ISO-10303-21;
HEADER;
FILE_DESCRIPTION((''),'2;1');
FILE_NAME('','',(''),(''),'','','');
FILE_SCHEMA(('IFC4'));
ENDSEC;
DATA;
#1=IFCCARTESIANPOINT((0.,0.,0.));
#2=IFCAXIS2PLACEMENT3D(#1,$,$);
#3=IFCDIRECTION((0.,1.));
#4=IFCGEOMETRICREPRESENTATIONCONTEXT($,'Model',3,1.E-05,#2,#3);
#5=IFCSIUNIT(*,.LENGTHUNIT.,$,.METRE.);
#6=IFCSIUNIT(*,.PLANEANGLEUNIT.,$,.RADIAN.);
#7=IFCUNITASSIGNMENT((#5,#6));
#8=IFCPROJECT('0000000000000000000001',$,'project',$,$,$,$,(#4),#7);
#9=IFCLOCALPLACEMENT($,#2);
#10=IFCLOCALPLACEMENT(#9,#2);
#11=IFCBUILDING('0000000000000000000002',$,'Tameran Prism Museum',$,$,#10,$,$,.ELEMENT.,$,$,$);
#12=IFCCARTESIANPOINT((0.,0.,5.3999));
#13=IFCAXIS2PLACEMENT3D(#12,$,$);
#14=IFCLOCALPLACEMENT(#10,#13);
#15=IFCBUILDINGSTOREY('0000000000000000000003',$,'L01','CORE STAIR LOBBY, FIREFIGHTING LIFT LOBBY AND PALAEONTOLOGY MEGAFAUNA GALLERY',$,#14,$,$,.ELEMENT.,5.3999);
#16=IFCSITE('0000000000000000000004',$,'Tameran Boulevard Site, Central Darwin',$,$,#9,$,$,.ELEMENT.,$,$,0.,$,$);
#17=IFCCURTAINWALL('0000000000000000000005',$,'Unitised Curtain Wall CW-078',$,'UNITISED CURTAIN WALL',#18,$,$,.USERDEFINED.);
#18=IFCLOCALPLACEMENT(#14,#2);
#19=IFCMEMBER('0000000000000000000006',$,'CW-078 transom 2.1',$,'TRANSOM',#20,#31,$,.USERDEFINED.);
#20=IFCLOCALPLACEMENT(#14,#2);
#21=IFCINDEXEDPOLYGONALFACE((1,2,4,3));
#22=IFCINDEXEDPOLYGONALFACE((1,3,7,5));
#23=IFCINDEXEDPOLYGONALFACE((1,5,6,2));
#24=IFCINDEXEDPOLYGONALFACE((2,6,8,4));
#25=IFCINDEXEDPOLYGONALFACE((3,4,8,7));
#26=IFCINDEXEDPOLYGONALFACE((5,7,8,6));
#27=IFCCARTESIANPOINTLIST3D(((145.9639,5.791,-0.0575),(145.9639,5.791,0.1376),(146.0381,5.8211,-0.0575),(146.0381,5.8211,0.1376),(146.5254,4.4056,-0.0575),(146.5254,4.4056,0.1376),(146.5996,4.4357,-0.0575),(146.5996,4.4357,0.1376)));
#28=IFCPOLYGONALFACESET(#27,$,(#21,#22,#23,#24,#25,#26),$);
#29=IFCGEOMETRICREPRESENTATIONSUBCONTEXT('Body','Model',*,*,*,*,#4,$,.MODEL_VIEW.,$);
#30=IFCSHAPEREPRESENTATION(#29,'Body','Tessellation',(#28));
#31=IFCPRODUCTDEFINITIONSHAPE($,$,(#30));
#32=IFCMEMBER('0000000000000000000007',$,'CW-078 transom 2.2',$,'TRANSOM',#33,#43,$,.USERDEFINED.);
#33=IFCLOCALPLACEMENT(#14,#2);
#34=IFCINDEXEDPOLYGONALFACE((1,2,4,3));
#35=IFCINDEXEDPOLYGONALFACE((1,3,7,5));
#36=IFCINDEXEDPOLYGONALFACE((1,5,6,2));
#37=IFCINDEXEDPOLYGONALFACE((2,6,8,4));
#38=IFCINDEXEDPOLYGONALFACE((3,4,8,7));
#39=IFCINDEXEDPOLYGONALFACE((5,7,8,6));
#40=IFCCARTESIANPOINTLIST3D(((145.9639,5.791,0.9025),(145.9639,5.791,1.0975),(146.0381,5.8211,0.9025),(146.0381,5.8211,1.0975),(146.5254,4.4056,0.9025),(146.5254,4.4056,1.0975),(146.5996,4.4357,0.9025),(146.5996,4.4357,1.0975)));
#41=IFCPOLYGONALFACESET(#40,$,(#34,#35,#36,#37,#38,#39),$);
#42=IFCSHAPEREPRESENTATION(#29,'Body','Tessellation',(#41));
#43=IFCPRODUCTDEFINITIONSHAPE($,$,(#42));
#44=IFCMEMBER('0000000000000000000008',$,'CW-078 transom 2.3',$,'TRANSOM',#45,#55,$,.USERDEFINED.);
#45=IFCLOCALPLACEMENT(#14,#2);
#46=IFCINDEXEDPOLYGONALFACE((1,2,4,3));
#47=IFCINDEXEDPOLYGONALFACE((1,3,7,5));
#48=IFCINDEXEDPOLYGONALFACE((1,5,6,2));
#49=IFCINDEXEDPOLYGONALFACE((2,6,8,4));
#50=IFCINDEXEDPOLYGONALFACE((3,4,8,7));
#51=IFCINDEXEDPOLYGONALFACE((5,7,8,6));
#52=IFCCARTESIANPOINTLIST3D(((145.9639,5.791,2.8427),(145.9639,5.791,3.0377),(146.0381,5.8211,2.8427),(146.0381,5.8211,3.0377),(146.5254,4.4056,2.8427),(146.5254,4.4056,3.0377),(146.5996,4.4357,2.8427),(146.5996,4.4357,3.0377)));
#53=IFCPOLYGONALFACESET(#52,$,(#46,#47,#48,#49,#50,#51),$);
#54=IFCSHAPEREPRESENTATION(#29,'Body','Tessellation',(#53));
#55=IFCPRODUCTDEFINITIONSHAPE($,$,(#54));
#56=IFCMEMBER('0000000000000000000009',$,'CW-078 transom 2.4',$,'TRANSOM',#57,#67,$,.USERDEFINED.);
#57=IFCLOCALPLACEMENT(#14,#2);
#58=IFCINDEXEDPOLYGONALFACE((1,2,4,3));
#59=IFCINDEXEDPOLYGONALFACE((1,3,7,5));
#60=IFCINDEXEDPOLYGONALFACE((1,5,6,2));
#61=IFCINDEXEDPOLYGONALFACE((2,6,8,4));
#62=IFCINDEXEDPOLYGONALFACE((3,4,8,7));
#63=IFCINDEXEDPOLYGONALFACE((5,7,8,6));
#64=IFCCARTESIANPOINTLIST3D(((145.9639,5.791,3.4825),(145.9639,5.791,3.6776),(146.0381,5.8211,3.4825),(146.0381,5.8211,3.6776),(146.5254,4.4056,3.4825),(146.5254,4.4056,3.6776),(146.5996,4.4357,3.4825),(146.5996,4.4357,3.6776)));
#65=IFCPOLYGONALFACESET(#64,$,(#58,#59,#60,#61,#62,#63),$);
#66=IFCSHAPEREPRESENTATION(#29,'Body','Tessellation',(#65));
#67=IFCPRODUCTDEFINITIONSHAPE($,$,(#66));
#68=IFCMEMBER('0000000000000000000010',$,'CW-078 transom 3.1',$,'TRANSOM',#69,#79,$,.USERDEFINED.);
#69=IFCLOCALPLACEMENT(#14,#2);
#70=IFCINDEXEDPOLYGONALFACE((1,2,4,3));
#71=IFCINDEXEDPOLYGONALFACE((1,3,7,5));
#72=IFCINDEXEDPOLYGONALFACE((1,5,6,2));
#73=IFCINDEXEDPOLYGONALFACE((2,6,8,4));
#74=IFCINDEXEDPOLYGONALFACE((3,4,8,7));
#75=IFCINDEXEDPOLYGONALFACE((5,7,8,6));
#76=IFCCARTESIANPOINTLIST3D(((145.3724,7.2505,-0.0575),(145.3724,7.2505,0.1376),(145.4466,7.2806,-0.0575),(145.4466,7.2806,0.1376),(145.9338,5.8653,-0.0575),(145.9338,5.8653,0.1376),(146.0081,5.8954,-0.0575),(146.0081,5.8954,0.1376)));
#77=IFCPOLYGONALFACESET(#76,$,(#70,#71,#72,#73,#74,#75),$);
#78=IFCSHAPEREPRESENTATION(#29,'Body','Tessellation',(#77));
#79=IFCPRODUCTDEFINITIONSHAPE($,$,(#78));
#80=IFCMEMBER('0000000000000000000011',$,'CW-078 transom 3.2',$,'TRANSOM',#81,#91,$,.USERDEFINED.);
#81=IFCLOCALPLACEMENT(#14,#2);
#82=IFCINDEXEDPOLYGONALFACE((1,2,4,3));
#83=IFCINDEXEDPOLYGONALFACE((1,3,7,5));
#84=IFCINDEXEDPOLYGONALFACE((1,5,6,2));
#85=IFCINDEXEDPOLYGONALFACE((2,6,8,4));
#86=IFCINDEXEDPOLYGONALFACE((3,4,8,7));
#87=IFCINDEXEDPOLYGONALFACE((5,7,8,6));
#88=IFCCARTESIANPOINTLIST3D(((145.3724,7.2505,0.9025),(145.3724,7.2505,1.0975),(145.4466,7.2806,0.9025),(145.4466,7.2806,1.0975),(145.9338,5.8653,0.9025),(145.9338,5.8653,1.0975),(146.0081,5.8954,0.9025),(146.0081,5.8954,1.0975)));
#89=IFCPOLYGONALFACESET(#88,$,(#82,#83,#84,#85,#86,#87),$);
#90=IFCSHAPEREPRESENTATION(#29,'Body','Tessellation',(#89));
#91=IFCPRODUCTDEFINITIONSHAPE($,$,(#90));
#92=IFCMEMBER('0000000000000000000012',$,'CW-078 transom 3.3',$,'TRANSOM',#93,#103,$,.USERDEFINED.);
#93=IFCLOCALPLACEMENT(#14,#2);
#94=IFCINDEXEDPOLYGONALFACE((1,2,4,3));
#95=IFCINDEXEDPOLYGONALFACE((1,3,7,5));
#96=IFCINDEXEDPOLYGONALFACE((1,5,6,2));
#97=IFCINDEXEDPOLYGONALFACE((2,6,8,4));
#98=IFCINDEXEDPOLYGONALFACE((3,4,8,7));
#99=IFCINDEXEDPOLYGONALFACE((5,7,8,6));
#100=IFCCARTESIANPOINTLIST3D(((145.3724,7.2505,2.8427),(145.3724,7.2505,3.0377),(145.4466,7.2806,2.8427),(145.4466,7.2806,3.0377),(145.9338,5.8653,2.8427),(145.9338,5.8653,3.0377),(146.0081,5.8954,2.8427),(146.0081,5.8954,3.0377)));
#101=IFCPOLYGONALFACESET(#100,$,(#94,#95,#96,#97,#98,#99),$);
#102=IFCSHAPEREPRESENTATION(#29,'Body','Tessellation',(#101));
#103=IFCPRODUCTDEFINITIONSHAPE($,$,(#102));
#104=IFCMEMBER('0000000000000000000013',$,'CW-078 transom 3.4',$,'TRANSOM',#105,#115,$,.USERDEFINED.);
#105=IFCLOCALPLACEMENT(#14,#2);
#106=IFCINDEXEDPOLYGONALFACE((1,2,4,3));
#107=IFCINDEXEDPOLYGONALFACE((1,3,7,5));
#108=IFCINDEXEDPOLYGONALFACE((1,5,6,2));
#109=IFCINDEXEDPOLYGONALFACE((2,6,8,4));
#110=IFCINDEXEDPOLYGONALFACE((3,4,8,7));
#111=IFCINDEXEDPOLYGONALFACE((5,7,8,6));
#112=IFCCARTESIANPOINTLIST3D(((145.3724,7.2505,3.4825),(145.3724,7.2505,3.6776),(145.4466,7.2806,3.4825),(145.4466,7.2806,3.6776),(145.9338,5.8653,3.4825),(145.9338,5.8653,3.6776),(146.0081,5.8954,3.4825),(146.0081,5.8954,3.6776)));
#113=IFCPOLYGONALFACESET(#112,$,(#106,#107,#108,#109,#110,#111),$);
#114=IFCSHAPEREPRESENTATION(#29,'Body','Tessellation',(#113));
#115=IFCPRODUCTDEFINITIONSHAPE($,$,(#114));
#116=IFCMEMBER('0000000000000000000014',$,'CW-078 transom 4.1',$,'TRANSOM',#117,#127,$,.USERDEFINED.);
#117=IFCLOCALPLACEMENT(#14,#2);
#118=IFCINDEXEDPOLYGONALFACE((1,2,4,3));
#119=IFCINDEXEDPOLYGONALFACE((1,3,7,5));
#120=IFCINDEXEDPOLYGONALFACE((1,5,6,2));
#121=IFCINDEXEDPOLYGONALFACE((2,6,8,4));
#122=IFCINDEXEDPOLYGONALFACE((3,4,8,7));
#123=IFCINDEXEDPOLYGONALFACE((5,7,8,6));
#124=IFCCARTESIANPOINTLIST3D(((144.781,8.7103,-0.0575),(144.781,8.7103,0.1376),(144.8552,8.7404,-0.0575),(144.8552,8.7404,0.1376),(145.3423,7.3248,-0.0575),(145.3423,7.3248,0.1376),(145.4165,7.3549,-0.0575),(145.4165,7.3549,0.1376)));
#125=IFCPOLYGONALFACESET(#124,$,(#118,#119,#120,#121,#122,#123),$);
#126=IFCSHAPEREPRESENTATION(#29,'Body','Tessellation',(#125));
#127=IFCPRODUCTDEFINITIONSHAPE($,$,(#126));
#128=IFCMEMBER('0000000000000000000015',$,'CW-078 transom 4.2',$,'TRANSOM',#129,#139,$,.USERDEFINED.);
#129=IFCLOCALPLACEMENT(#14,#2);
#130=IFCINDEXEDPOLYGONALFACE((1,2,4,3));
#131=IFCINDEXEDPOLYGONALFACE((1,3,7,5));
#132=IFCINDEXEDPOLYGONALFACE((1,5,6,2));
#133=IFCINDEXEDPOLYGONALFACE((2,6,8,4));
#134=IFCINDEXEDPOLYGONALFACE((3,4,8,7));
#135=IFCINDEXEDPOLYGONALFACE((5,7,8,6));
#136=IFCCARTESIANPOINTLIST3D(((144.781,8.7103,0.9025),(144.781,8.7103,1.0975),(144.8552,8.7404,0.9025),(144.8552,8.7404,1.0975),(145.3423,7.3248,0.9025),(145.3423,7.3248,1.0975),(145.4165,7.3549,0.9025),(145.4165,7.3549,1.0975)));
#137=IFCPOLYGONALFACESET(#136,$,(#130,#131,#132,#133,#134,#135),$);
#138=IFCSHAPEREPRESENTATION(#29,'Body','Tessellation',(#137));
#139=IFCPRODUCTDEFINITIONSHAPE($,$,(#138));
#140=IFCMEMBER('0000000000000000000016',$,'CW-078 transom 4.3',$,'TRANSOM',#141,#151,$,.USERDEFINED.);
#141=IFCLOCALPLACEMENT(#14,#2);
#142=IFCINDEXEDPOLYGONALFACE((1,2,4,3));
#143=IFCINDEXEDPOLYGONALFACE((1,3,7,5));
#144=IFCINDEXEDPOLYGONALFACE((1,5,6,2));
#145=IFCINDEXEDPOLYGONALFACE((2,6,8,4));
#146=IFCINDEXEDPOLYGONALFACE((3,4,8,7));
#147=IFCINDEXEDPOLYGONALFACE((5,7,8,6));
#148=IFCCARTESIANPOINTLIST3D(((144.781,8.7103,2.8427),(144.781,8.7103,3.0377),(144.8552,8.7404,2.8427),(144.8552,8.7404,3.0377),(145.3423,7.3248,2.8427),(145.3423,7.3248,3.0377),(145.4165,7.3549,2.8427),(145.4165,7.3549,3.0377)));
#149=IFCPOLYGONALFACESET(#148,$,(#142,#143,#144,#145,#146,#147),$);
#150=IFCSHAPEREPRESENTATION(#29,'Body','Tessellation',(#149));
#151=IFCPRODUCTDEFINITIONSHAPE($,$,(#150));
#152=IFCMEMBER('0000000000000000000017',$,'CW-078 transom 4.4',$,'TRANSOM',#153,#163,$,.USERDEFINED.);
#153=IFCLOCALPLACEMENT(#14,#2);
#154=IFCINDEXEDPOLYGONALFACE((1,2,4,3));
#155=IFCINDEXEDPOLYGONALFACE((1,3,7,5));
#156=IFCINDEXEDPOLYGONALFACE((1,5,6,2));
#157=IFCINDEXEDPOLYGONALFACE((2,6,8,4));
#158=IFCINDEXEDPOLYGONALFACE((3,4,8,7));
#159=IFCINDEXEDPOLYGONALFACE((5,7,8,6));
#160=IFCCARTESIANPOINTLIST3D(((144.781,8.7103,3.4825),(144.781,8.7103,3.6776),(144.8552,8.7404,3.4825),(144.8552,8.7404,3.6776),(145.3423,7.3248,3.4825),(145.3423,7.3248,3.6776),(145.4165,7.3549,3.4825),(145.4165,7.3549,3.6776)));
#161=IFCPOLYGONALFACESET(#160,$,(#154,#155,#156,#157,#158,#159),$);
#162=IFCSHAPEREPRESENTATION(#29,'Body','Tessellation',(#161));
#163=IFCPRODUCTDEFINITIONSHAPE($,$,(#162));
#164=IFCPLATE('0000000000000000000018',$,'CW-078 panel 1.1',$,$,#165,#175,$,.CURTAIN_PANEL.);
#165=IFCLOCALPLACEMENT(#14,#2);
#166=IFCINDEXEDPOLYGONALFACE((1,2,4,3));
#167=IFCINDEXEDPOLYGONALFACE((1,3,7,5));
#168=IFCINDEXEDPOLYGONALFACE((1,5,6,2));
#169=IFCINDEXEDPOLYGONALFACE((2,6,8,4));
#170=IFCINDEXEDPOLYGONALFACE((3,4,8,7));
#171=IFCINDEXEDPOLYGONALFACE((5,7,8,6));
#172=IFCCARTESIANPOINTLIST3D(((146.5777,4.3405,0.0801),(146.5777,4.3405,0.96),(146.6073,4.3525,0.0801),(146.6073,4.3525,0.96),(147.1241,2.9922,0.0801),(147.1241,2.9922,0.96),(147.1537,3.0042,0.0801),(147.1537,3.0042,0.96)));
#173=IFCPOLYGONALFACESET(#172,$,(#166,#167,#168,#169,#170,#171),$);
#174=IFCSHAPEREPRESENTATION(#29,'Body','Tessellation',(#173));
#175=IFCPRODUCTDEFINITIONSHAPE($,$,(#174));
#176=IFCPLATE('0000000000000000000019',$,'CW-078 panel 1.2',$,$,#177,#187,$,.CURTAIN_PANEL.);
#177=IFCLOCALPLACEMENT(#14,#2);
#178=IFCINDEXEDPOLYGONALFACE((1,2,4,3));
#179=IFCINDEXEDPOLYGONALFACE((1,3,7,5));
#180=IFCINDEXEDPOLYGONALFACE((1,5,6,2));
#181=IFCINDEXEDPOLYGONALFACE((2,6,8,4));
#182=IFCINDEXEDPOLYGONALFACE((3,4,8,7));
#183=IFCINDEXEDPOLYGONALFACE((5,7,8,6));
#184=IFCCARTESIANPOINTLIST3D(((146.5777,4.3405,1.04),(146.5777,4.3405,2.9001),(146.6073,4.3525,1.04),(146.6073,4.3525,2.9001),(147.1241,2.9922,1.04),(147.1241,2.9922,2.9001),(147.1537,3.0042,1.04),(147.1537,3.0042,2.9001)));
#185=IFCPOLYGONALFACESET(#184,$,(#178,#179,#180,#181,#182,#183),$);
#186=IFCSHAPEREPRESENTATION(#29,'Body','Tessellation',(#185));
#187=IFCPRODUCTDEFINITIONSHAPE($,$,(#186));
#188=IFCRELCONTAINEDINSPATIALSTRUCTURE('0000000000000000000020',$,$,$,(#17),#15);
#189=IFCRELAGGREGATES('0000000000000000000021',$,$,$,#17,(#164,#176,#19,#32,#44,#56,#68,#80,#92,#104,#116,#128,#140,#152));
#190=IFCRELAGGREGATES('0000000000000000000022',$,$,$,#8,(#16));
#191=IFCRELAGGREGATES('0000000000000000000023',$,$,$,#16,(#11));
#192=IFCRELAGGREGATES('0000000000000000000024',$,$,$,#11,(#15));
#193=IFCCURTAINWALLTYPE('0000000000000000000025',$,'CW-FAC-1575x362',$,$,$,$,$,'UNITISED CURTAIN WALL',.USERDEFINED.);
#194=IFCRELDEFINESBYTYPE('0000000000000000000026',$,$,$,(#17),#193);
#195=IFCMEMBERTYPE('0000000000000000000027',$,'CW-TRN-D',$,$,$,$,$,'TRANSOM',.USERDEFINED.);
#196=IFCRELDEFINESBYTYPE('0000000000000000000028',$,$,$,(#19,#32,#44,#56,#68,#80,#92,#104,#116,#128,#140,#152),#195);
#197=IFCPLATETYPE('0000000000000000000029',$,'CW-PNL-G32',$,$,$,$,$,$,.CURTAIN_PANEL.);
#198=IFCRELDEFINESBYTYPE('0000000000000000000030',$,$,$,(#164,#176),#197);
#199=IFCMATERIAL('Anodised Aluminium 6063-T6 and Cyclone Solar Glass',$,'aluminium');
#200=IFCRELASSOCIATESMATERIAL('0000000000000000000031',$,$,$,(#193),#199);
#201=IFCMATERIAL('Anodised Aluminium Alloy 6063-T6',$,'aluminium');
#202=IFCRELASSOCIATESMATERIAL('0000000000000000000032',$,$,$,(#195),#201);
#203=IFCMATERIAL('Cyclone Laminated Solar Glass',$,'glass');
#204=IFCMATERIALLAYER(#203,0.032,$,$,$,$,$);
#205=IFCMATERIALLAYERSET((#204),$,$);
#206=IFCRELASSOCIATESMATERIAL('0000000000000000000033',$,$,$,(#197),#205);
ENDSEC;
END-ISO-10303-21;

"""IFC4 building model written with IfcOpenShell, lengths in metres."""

from ifc_helpers import new_model, si_unit, direction, frame, origin, origin_2d, place, context, subcontext, project, spatial, rectangle, extrude, material, layer, layer_set, material_profile, profile_set, type_object, element, aggregate, save


model = new_model("IFC4")

# Units and contexts
model_context = context("Model", 3, precision=1e-05, world=origin(), true_north=direction((0.0, 1.0)))
body_context = subcontext(model_context, "Body", "Model", "MODEL_VIEW")
ifc_project = project(units=[si_unit("LENGTHUNIT", "METRE"), si_unit("PLANEANGLEUNIT", "RADIAN")], contexts=[model_context])

# Site, building, storey
site_placement = place(None, origin())
site = spatial("IfcSite", under=ifc_project, at=site_placement, Name="Tameran Boulevard Site, Central Darwin", CompositionType="ELEMENT", RefElevation=0.0)
building_placement = place(site_placement, origin())
building = spatial("IfcBuilding", under=site, at=building_placement, Name="Tameran Prism Museum", CompositionType="ELEMENT")
storey_placement = place(building_placement, frame((0.0, 0.0, 5.3999)))
storey = spatial("IfcBuildingStorey", under=building, at=storey_placement, Name="L01", Description="CORE STAIR LOBBY, FIREFIGHTING LIFT LOBBY AND PALAEONTOLOGY MEGAFAUNA GALLERY", CompositionType="ELEMENT", Elevation=5.3999)

# Curtain wall, members, plates
ifc_material_1 = material(Name="Anodised Aluminium 6063-T6 and Cyclone Solar Glass", Category="aluminium")
curtain_wall_type = type_object("IfcCurtainWallType", Name="CW-FAC-1575x362", ElementType="UNITISED CURTAIN WALL", PredefinedType="USERDEFINED", material=ifc_material_1)
curtain_wall_placement = place(storey_placement, origin())
curtain_wall = element("IfcCurtainWall", 1, at=curtain_wall_placement, inside=storey, type_object=curtain_wall_type, Name="Unitised Curtain Wall CW-078", ObjectType="UNITISED CURTAIN WALL", PredefinedType="USERDEFINED")
ifc_material_2 = material(Name="Anodised Aluminium Alloy 6063-T6", Category="aluminium")
ifc_material_profile_1 = material_profile(ifc_material_2, rectangle(XDim=0.0801, YDim=0.1951, at=origin_2d()))
ifc_profile_set_1 = profile_set([ifc_material_profile_1])
member_type_1 = type_object("IfcMemberType", Name="CW-TRN-D", ElementType="TRANSOM", PredefinedType="USERDEFINED", material=ifc_profile_set_1)
member_1_placement = place(storey_placement, frame((146.5625, 4.4207, 0.04), z_axis=(-0.37561, 0.926778, 0.0), x_axis=(-0.926778, -0.37561, 0.0)))
member_1 = element("IfcMember", 2, at=member_1_placement, type_object=member_type_1, Name="CW-078 transom 2.1", ObjectType="TRANSOM", PredefinedType="USERDEFINED", context=body_context, shape_type="SweptSolid", body=[
    extrude(rectangle(XDim=0.0801, YDim=0.1951, at=origin_2d()), origin(), (0.0, 0.0, 1.0), 1.4949),
])
member_2_placement = place(storey_placement, frame((146.5625, 4.4207, 1.0), z_axis=(-0.37561, 0.926778, 0.0), x_axis=(-0.926778, -0.37561, 0.0)))
member_2 = element("IfcMember", 3, at=member_2_placement, type_object=member_type_1, Name="CW-078 transom 2.2", ObjectType="TRANSOM", PredefinedType="USERDEFINED", context=body_context, shape_type="SweptSolid", body=[
    extrude(rectangle(XDim=0.0801, YDim=0.1951, at=origin_2d()), origin(), (0.0, 0.0, 1.0), 1.4949),
])
member_3_placement = place(storey_placement, frame((146.5625, 4.4207, 2.9402), z_axis=(-0.37561, 0.926778, 0.0), x_axis=(-0.926778, -0.37561, 0.0)))
member_3 = element("IfcMember", 4, at=member_3_placement, type_object=member_type_1, Name="CW-078 transom 2.3", ObjectType="TRANSOM", PredefinedType="USERDEFINED", context=body_context, shape_type="SweptSolid", body=[
    extrude(rectangle(XDim=0.0801, YDim=0.1951, at=origin_2d()), origin(), (0.0, 0.0, 1.0), 1.4949),
])
member_4_placement = place(storey_placement, frame((146.5625, 4.4207, 3.5801), z_axis=(-0.37561, 0.926778, 0.0), x_axis=(-0.926778, -0.37561, 0.0)))
member_4 = element("IfcMember", 5, at=member_4_placement, type_object=member_type_1, Name="CW-078 transom 2.4", ObjectType="TRANSOM", PredefinedType="USERDEFINED", context=body_context, shape_type="SweptSolid", body=[
    extrude(rectangle(XDim=0.0801, YDim=0.1951, at=origin_2d()), origin(), (0.0, 0.0, 1.0), 1.4949),
])
member_5_placement = place(storey_placement, frame((145.9709, 5.8804, 0.04), z_axis=(-0.375667, 0.926755, 0.0), x_axis=(-0.926755, -0.375667, 0.0)))
member_5 = element("IfcMember", 6, at=member_5_placement, type_object=member_type_1, Name="CW-078 transom 3.1", ObjectType="TRANSOM", PredefinedType="USERDEFINED", context=body_context, shape_type="SweptSolid", body=[
    extrude(rectangle(XDim=0.0801, YDim=0.1951, at=origin_2d()), origin(), (0.0, 0.0, 1.0), 1.4946),
])
member_6_placement = place(storey_placement, frame((145.9709, 5.8804, 1.0), z_axis=(-0.375667, 0.926755, 0.0), x_axis=(-0.926755, -0.375667, 0.0)))
member_6 = element("IfcMember", 7, at=member_6_placement, type_object=member_type_1, Name="CW-078 transom 3.2", ObjectType="TRANSOM", PredefinedType="USERDEFINED", context=body_context, shape_type="SweptSolid", body=[
    extrude(rectangle(XDim=0.0801, YDim=0.1951, at=origin_2d()), origin(), (0.0, 0.0, 1.0), 1.4946),
])
member_7_placement = place(storey_placement, frame((145.9709, 5.8804, 2.9402), z_axis=(-0.375667, 0.926755, 0.0), x_axis=(-0.926755, -0.375667, 0.0)))
member_7 = element("IfcMember", 8, at=member_7_placement, type_object=member_type_1, Name="CW-078 transom 3.3", ObjectType="TRANSOM", PredefinedType="USERDEFINED", context=body_context, shape_type="SweptSolid", body=[
    extrude(rectangle(XDim=0.0801, YDim=0.1951, at=origin_2d()), origin(), (0.0, 0.0, 1.0), 1.4946),
])
member_8_placement = place(storey_placement, frame((145.9709, 5.8804, 3.5801), z_axis=(-0.375667, 0.926755, 0.0), x_axis=(-0.926755, -0.375667, 0.0)))
member_8 = element("IfcMember", 9, at=member_8_placement, type_object=member_type_1, Name="CW-078 transom 3.4", ObjectType="TRANSOM", PredefinedType="USERDEFINED", context=body_context, shape_type="SweptSolid", body=[
    extrude(rectangle(XDim=0.0801, YDim=0.1951, at=origin_2d()), origin(), (0.0, 0.0, 1.0), 1.4946),
])
member_9_placement = place(storey_placement, frame((145.3794, 7.3398, 0.04), z_axis=(-0.37547, 0.926835, 0.0), x_axis=(-0.926835, -0.37547, 0.0)))
member_9 = element("IfcMember", 10, at=member_9_placement, type_object=member_type_1, Name="CW-078 transom 4.1", ObjectType="TRANSOM", PredefinedType="USERDEFINED", context=body_context, shape_type="SweptSolid", body=[
    extrude(rectangle(XDim=0.0801, YDim=0.1951, at=origin_2d()), origin(), (0.0, 0.0, 1.0), 1.4949),
])
member_10_placement = place(storey_placement, frame((145.3794, 7.3398, 1.0), z_axis=(-0.37547, 0.926835, 0.0), x_axis=(-0.926835, -0.37547, 0.0)))
member_10 = element("IfcMember", 11, at=member_10_placement, type_object=member_type_1, Name="CW-078 transom 4.2", ObjectType="TRANSOM", PredefinedType="USERDEFINED", context=body_context, shape_type="SweptSolid", body=[
    extrude(rectangle(XDim=0.0801, YDim=0.1951, at=origin_2d()), origin(), (0.0, 0.0, 1.0), 1.4949),
])
member_11_placement = place(storey_placement, frame((145.3794, 7.3398, 2.9402), z_axis=(-0.37547, 0.926835, 0.0), x_axis=(-0.926835, -0.37547, 0.0)))
member_11 = element("IfcMember", 12, at=member_11_placement, type_object=member_type_1, Name="CW-078 transom 4.3", ObjectType="TRANSOM", PredefinedType="USERDEFINED", context=body_context, shape_type="SweptSolid", body=[
    extrude(rectangle(XDim=0.0801, YDim=0.1951, at=origin_2d()), origin(), (0.0, 0.0, 1.0), 1.4949),
])
member_12_placement = place(storey_placement, frame((145.3794, 7.3398, 3.5801), z_axis=(-0.37547, 0.926835, 0.0), x_axis=(-0.926835, -0.37547, 0.0)))
member_12 = element("IfcMember", 13, at=member_12_placement, type_object=member_type_1, Name="CW-078 transom 4.4", ObjectType="TRANSOM", PredefinedType="USERDEFINED", context=body_context, shape_type="SweptSolid", body=[
    extrude(rectangle(XDim=0.0801, YDim=0.1951, at=origin_2d()), origin(), (0.0, 0.0, 1.0), 1.4949),
])
ifc_material_3 = material(Name="Cyclone Laminated Solar Glass", Category="glass")
ifc_layer = layer(ifc_material_3, 0.032)
ifc_layer_set = layer_set([ifc_layer])
plate_type = type_object("IfcPlateType", Name="CW-PNL-G32", PredefinedType="CURTAIN_PANEL", material=ifc_layer_set)
plate_1_placement = place(storey_placement, frame((146.8657, 3.6724, 0.0801), z_axis=(0.0, 0.0, 1.0), x_axis=(-0.37558, 0.92679, 0.0)))
plate_1 = element("IfcPlate", 14, at=plate_1_placement, type_object=plate_type, Name="CW-078 panel 1.1", PredefinedType="CURTAIN_PANEL", context=body_context, shape_type="SweptSolid", body=[
    extrude(rectangle(XDim=1.4548, YDim=0.032, at=origin_2d()), origin(), (0.0, 0.0, 1.0), 0.8799),
])
plate_2_placement = place(storey_placement, frame((146.8657, 3.6724, 1.04), z_axis=(0.0, 0.0, 1.0), x_axis=(-0.37558, 0.92679, 0.0)))
plate_2 = element("IfcPlate", 15, at=plate_2_placement, type_object=plate_type, Name="CW-078 panel 1.2", PredefinedType="CURTAIN_PANEL", context=body_context, shape_type="SweptSolid", body=[
    extrude(rectangle(XDim=1.4548, YDim=0.032, at=origin_2d()), origin(), (0.0, 0.0, 1.0), 1.8601),
])
aggregate(curtain_wall, [plate_1, plate_2, member_1, member_2, member_3, member_4, member_5, member_6, member_7, member_8, member_9, member_10, member_11, member_12])

save(model, "model.ifc")
